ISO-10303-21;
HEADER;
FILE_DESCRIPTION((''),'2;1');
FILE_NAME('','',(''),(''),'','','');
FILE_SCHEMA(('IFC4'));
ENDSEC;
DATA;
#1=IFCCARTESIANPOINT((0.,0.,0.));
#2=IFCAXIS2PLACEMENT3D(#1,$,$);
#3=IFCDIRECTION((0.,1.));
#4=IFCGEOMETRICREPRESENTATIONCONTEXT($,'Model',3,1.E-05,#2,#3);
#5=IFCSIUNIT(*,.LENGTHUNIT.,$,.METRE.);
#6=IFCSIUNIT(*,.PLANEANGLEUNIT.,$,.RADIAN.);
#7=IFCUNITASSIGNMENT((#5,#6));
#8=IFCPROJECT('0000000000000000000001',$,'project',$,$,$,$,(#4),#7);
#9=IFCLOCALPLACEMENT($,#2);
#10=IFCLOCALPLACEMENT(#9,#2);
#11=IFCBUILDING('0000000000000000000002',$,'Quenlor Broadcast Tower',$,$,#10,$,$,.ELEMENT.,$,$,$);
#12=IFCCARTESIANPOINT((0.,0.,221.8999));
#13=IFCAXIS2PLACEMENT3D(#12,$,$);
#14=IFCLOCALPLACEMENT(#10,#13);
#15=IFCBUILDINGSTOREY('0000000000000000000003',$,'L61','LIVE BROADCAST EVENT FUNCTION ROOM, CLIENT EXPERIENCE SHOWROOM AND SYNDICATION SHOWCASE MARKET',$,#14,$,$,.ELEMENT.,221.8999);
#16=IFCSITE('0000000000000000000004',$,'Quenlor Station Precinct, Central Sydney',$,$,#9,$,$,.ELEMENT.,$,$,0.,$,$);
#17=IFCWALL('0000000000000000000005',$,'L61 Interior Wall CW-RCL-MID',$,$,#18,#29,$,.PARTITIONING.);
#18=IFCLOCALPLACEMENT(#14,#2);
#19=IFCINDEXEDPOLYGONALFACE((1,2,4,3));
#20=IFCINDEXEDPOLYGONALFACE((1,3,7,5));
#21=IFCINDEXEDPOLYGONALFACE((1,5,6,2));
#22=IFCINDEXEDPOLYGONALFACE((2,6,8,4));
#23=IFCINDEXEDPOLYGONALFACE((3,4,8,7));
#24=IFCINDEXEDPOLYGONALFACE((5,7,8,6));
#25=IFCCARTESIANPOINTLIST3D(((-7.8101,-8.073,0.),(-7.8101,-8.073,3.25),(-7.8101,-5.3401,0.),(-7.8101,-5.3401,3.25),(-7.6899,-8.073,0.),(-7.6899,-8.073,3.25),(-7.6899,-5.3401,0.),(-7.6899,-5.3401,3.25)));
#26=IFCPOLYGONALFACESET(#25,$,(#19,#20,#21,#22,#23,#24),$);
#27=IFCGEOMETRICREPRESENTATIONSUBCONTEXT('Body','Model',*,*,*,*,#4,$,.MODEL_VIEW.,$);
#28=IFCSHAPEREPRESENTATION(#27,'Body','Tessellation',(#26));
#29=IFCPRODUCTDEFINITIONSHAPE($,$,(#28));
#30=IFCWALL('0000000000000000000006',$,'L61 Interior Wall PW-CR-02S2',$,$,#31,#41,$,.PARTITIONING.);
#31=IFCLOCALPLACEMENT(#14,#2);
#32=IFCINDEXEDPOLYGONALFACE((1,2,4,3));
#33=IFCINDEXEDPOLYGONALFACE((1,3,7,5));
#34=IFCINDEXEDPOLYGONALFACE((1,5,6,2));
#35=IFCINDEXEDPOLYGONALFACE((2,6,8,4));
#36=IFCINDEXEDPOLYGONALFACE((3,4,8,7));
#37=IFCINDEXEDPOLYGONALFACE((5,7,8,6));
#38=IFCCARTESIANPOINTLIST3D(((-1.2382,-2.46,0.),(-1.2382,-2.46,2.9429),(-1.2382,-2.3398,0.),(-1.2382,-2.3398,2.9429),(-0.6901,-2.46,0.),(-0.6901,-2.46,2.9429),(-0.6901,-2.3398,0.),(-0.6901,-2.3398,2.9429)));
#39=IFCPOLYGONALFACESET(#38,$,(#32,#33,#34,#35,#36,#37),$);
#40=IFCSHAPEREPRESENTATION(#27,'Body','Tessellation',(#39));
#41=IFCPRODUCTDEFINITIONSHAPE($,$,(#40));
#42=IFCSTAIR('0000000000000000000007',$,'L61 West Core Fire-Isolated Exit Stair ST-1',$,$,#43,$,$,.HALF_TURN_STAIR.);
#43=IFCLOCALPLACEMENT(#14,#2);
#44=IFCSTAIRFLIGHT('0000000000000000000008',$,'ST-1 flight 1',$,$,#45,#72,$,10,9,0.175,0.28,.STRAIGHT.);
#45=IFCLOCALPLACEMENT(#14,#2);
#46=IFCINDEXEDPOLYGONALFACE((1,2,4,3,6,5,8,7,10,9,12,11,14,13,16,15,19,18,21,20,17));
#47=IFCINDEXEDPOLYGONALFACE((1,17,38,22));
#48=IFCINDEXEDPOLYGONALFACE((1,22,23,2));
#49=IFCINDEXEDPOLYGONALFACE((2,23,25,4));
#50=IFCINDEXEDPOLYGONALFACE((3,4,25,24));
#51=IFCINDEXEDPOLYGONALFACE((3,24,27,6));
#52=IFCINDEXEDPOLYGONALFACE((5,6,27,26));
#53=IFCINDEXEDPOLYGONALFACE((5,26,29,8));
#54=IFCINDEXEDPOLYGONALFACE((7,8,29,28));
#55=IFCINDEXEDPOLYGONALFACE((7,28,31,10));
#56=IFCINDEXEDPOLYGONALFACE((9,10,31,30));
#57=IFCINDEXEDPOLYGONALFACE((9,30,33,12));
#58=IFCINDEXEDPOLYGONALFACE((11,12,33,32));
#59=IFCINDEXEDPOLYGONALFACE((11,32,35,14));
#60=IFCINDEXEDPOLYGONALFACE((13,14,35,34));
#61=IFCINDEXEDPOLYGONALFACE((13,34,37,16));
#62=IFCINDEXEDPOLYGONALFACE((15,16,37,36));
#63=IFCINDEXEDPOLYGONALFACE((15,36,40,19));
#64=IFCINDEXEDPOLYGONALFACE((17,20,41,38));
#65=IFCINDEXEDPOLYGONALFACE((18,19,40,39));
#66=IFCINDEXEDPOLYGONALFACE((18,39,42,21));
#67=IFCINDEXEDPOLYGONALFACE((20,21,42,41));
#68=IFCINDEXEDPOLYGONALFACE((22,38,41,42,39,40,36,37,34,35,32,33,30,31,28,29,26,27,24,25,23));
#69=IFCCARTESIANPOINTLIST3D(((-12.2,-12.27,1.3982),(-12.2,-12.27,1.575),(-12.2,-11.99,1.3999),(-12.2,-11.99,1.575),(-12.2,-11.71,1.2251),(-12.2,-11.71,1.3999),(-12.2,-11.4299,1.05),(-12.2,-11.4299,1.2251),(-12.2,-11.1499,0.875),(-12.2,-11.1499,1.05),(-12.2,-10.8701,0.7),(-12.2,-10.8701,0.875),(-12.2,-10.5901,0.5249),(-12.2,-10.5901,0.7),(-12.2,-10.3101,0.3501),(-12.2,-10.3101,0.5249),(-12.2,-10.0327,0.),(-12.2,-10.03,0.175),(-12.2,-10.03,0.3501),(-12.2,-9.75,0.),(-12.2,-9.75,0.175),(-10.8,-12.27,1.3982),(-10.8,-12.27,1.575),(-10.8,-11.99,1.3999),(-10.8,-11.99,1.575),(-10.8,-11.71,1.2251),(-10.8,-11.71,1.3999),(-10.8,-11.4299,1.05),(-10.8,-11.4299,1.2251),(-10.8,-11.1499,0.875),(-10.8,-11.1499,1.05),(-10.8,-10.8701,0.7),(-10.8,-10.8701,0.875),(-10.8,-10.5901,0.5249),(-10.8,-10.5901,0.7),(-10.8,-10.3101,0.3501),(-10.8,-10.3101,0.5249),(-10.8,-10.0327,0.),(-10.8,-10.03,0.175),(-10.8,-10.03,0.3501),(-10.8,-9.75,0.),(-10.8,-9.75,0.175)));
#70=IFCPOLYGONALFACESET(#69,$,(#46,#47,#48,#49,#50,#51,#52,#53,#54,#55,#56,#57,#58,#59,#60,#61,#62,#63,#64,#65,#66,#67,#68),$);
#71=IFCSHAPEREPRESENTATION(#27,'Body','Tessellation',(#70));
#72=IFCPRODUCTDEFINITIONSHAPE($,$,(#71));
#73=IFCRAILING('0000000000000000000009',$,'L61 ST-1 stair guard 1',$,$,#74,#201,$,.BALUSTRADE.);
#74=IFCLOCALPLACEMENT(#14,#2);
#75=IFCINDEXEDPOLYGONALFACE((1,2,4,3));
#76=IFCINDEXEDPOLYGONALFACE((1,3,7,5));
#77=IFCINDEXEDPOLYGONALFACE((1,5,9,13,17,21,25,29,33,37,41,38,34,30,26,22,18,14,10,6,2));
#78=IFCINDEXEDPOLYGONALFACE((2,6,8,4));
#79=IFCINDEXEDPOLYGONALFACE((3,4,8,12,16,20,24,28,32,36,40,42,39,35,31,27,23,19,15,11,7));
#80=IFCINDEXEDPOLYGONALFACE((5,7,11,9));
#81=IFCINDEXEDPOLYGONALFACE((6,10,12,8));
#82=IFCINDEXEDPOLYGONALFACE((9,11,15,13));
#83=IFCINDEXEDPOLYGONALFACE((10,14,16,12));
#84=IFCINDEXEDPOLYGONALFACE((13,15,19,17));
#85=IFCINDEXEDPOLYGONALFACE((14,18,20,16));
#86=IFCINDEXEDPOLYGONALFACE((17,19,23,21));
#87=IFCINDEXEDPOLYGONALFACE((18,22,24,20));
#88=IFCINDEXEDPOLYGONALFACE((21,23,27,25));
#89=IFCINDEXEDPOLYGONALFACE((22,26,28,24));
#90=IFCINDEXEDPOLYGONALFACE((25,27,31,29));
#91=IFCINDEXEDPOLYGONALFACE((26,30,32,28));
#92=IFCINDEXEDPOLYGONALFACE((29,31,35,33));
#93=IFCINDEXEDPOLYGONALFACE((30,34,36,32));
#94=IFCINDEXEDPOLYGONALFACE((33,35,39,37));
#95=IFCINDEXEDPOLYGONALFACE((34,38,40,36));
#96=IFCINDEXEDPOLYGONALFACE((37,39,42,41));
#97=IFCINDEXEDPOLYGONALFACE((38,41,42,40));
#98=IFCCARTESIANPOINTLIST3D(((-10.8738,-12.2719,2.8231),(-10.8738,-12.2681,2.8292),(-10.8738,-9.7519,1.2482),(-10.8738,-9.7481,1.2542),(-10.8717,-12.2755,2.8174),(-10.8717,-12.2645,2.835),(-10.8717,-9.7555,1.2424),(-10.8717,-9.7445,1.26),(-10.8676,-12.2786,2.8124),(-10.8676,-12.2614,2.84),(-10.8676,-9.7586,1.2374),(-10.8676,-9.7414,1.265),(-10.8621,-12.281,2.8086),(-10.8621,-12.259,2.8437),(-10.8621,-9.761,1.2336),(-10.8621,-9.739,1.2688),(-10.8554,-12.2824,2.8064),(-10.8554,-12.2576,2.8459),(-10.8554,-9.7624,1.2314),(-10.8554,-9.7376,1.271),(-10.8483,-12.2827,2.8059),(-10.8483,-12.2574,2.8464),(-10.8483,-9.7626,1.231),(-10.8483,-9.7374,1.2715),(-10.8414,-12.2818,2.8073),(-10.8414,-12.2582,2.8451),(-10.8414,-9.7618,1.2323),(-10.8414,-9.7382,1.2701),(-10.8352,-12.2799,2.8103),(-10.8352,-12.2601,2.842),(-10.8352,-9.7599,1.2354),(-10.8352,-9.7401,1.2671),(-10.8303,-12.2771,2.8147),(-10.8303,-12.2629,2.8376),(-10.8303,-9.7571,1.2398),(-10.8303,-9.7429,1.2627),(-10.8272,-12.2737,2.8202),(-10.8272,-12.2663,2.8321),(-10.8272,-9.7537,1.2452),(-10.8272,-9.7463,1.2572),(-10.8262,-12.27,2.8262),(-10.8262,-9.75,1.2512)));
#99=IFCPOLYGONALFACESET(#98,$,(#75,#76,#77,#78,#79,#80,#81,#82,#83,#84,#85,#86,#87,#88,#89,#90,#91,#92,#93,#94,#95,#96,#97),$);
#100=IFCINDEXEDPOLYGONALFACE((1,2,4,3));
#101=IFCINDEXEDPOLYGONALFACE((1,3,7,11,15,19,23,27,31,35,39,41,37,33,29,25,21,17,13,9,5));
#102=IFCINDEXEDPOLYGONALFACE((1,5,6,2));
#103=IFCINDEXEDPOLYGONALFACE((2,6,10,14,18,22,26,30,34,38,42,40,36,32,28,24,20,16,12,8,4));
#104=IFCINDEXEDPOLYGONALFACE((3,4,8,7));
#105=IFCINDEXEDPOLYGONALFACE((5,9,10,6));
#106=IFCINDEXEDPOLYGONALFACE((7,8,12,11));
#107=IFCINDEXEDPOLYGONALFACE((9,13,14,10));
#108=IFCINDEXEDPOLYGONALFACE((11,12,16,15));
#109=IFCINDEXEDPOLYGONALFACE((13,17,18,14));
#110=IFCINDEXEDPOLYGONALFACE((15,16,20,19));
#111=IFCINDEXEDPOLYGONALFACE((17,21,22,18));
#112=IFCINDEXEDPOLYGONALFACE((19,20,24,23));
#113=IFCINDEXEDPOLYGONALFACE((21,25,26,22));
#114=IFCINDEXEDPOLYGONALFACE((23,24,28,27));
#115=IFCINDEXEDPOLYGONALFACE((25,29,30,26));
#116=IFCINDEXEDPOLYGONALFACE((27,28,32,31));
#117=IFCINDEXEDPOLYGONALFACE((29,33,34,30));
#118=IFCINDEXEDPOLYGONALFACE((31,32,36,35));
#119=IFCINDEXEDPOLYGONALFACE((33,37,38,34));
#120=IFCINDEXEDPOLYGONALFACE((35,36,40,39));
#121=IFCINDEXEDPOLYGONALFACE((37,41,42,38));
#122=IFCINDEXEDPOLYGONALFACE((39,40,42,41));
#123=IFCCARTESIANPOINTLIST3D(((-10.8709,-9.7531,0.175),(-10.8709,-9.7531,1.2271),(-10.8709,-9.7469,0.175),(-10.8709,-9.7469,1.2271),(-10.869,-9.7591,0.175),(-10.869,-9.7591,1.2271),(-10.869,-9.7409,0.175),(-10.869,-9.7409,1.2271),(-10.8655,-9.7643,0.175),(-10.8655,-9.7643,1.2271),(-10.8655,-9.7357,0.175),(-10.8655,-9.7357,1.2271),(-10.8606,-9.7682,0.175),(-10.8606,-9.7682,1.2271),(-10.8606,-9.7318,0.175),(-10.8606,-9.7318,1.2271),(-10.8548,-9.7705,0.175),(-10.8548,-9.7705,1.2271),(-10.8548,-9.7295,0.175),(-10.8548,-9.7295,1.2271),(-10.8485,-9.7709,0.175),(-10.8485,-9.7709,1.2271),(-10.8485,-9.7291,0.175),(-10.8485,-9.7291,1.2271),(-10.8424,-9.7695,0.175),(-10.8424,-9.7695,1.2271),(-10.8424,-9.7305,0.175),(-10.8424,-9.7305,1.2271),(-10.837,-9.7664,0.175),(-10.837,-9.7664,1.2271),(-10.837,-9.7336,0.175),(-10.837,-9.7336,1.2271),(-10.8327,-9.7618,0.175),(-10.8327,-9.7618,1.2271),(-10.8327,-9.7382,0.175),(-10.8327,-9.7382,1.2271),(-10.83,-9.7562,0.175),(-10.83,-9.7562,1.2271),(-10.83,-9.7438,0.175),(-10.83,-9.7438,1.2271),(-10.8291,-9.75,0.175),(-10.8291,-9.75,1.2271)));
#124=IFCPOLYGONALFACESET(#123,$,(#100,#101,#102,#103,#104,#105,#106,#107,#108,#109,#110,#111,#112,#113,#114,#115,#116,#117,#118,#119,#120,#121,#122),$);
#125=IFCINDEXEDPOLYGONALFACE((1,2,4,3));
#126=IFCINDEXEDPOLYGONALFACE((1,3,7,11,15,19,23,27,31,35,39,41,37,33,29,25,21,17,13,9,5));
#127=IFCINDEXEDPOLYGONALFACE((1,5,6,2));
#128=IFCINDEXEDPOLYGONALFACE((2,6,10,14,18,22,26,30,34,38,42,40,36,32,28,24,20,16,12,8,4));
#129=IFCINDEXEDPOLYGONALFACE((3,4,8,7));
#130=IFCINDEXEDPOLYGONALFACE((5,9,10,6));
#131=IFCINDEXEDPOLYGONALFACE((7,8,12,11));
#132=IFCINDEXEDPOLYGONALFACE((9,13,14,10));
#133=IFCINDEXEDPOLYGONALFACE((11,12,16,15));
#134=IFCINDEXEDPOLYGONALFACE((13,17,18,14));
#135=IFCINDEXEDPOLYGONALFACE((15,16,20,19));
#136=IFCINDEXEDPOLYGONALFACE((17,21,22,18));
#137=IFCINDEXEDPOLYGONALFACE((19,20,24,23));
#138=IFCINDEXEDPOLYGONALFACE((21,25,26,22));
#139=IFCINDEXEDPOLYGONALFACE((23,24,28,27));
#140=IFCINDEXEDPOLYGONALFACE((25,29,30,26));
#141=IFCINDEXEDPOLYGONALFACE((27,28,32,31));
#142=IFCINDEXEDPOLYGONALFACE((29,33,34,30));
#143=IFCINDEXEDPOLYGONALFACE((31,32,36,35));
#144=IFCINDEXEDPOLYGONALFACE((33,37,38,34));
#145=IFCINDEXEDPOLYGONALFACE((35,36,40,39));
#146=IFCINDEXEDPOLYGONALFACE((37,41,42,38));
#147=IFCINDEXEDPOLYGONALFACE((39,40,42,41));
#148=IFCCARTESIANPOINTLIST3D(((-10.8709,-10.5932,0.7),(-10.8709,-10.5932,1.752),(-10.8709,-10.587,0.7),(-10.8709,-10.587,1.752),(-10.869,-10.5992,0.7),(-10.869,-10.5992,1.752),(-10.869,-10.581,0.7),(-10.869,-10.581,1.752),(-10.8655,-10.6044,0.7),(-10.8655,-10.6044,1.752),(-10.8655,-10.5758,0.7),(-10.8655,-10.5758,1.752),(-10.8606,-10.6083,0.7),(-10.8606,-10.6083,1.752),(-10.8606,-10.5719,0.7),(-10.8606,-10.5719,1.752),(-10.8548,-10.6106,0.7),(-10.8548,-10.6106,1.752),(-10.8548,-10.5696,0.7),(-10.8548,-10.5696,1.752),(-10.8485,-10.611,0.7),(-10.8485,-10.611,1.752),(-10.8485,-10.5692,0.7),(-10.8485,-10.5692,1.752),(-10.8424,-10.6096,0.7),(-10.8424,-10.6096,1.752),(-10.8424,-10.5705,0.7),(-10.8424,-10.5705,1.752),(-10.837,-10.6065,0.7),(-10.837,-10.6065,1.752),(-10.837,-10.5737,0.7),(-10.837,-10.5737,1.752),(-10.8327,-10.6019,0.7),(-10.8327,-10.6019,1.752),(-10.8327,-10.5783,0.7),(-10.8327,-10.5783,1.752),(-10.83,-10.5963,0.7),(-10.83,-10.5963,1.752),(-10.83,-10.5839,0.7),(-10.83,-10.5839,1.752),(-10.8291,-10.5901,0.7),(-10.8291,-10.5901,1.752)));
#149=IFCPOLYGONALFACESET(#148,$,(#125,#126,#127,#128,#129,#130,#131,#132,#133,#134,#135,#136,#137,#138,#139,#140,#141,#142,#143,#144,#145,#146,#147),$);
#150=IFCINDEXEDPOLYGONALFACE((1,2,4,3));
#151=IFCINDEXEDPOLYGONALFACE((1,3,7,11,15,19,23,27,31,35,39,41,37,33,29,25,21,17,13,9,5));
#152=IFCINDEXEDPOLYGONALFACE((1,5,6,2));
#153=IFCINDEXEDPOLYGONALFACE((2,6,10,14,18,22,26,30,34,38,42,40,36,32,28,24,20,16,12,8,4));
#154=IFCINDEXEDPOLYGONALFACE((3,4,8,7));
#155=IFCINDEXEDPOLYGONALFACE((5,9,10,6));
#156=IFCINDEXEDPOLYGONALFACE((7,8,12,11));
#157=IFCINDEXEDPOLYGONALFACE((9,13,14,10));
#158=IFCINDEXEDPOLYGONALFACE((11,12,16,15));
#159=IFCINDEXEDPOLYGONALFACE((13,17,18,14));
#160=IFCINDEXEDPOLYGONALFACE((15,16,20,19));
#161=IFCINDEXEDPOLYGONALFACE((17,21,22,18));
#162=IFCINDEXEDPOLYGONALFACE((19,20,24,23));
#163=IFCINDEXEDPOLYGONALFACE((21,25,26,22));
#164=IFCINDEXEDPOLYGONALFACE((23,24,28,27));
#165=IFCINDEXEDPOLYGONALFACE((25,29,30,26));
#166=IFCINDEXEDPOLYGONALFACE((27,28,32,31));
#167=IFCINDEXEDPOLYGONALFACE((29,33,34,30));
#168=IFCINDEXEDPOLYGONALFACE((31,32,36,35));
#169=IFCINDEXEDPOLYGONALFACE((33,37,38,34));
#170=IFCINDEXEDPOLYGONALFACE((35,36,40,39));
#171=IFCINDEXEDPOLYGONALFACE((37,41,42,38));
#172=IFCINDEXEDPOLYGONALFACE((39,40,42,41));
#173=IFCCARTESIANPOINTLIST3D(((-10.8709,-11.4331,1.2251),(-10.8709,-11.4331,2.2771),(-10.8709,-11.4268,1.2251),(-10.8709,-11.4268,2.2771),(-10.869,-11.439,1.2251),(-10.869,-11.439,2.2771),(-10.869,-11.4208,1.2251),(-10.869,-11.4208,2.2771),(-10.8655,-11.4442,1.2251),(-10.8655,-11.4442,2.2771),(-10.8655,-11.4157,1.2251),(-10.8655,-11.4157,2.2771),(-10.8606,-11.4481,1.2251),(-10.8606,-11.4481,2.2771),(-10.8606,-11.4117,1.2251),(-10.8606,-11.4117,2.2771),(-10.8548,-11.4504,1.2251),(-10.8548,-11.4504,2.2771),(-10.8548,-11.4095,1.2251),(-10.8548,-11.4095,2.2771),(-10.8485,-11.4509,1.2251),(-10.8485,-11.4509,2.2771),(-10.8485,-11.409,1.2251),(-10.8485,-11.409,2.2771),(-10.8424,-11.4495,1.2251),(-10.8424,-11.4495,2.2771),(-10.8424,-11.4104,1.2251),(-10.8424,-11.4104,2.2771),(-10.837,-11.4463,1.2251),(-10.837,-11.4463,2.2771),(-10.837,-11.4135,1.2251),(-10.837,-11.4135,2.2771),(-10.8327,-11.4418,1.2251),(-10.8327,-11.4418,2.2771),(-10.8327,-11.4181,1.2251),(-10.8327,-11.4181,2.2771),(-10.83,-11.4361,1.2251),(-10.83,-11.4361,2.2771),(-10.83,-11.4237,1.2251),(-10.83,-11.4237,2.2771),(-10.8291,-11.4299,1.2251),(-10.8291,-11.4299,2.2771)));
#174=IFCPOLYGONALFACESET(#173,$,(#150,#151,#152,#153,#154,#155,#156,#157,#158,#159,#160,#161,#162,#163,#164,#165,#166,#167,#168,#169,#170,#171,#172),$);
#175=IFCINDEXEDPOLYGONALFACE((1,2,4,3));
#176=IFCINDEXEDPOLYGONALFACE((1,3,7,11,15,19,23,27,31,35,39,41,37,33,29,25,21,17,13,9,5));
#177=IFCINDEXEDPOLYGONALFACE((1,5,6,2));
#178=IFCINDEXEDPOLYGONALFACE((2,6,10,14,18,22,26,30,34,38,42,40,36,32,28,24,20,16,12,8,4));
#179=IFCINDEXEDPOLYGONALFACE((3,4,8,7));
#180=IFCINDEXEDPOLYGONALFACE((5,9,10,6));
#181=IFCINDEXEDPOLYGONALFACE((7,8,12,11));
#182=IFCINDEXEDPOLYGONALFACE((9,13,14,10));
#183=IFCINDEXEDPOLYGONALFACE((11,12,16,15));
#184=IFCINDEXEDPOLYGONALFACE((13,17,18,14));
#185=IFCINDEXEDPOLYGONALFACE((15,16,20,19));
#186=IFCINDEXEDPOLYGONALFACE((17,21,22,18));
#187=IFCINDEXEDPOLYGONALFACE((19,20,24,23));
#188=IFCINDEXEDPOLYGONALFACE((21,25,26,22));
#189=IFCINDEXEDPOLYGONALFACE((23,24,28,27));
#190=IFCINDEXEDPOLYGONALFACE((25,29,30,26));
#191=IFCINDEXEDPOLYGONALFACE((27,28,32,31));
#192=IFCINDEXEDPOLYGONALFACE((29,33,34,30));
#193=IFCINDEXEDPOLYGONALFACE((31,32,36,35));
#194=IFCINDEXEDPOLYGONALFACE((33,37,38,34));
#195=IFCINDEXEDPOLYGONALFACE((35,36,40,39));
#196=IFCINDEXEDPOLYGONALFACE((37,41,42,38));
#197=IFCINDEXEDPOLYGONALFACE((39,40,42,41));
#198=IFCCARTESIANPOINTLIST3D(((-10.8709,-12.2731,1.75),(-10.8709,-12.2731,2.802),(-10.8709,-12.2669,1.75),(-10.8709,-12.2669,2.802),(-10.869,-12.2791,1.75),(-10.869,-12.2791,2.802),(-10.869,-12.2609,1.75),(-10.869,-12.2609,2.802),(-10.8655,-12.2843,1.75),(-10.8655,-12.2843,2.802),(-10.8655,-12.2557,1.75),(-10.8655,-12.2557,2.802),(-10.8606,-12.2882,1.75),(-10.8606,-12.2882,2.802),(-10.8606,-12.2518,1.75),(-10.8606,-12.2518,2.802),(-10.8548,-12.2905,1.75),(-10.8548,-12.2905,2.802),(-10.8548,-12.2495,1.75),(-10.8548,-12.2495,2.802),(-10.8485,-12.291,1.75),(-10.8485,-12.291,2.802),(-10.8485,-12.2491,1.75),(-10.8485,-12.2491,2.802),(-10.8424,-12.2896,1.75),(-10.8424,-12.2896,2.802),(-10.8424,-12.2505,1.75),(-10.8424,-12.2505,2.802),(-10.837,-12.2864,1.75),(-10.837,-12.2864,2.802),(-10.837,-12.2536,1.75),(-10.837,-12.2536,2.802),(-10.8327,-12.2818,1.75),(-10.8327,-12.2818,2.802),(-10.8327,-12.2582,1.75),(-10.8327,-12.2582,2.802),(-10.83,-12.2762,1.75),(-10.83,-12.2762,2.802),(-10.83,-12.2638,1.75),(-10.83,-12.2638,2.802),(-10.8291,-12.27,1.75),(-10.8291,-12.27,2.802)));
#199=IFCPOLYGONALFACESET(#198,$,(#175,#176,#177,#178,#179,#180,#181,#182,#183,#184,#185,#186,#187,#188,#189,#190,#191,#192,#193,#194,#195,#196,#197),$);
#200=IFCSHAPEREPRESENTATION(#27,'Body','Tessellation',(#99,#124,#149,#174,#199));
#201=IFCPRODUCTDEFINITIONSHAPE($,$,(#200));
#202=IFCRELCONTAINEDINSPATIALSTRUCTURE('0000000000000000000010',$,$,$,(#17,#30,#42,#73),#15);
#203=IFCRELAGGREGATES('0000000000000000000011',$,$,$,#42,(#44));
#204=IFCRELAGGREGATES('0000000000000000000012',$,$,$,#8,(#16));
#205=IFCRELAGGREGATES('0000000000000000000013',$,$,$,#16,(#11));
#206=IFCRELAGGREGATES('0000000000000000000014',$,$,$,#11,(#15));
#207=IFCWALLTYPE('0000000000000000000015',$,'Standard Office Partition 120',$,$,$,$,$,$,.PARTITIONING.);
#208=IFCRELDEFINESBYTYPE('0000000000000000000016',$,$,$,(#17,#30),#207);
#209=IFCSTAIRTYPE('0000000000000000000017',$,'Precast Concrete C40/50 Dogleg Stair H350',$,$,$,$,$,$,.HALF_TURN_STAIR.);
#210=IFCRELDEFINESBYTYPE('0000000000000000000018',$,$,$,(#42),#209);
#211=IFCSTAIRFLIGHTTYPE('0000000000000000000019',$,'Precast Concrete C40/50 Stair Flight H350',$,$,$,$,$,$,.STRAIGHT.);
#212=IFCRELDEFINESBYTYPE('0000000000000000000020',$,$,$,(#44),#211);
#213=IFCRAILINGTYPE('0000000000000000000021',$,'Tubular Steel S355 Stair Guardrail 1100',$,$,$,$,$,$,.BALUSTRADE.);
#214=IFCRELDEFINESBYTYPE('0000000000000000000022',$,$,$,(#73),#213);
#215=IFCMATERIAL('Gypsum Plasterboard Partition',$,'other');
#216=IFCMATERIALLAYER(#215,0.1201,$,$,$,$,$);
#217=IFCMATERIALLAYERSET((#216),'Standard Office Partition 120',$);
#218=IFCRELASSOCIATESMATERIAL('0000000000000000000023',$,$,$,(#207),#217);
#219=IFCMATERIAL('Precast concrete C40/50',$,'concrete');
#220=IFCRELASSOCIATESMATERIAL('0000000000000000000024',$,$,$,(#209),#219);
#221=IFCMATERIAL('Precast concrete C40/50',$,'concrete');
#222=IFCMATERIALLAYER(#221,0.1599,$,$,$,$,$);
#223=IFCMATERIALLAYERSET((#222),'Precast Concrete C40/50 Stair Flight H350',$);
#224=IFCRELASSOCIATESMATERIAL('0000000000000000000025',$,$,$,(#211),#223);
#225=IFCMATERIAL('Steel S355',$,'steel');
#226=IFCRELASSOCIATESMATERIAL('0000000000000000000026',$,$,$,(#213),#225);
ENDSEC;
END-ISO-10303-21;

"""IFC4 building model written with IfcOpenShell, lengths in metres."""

from ifc_helpers import new_model, si_unit, direction, frame, frame_2d, origin, origin_2d, place, context, subcontext, project, spatial, polyline, rectangle, circle, outline, extrude, material, layer, layer_set, type_object, element, aggregate, save


model = new_model("IFC4")

# Units and contexts
model_context = context("Model", 3, precision=1e-05, world=origin(), true_north=direction((0.0, 1.0)))
body_context = subcontext(model_context, "Body", "Model", "MODEL_VIEW")
ifc_project = project(units=[si_unit("LENGTHUNIT", "METRE"), si_unit("PLANEANGLEUNIT", "RADIAN")], contexts=[model_context])

# Site, building, storey
site_placement = place(None, origin())
site = spatial("IfcSite", under=ifc_project, at=site_placement, Name="Quenlor Station Precinct, Central Sydney", CompositionType="ELEMENT", RefElevation=0.0)
building_placement = place(site_placement, origin())
building = spatial("IfcBuilding", under=site, at=building_placement, Name="Quenlor Broadcast Tower", CompositionType="ELEMENT")
storey_placement = place(building_placement, frame((0.0, 0.0, 221.8999)))
storey = spatial("IfcBuildingStorey", under=building, at=storey_placement, Name="L61", Description="LIVE BROADCAST EVENT FUNCTION ROOM, CLIENT EXPERIENCE SHOWROOM AND SYNDICATION SHOWCASE MARKET", CompositionType="ELEMENT", Elevation=221.8999)

# Wall
ifc_material_1 = material(Name="Gypsum Plasterboard Partition", Category="other")
ifc_layer_1 = layer(ifc_material_1, 0.1201)
ifc_layer_set_1 = layer_set([ifc_layer_1], Name="Standard Office Partition 120")
wall_type_1 = type_object("IfcWallType", Name="Standard Office Partition 120", PredefinedType="PARTITIONING", material=ifc_layer_set_1)
wall_1_placement = place(storey_placement, frame((-7.75, -8.073, 0.0), z_axis=(0.0, 0.0, 1.0), x_axis=(0.0, 1.0, 0.0)))
element("IfcWall", 1, at=wall_1_placement, inside=storey, type_object=wall_type_1, Name="L61 Interior Wall CW-RCL-MID", PredefinedType="PARTITIONING", context=body_context, shape_type="SweptSolid", body=[
    extrude(rectangle(XDim=2.7329, YDim=0.1201, at=frame_2d((1.3665, 0.0))), origin(), (0.0, 0.0, 1.0), 3.25),
])

# Wall
wall_2_placement = place(storey_placement, frame((-1.238, -2.3999, 0.0), z_axis=(0.0, 0.0, 1.0), x_axis=(1.0, 0.0, 0.0)))
element("IfcWall", 2, at=wall_2_placement, inside=storey, type_object=wall_type_1, Name="L61 Interior Wall PW-CR-02S2", PredefinedType="PARTITIONING", context=body_context, shape_type="SweptSolid", body=[
    extrude(rectangle(XDim=0.5481, YDim=0.1201, at=frame_2d((0.2739, 0.0))), origin(), (0.0, 0.0, 1.0), 2.9429),
])

# Stair, stair flight
ifc_material_2 = material(Name="Precast concrete C40/50", Category="concrete")
stair_type = type_object("IfcStairType", Name="Precast Concrete C40/50 Dogleg Stair H350", PredefinedType="HALF_TURN_STAIR", material=ifc_material_2)
stair_placement = place(storey_placement, origin())
stair = element("IfcStair", 3, at=stair_placement, inside=storey, type_object=stair_type, Name="L61 West Core Fire-Isolated Exit Stair ST-1", PredefinedType="HALF_TURN_STAIR")
ifc_material_3 = material(Name="Precast concrete C40/50", Category="concrete")
ifc_layer_2 = layer(ifc_material_3, 0.1599)
ifc_layer_set_2 = layer_set([ifc_layer_2], Name="Precast Concrete C40/50 Stair Flight H350")
stair_flight_type = type_object("IfcStairFlightType", Name="Precast Concrete C40/50 Stair Flight H350", PredefinedType="STRAIGHT", material=ifc_layer_set_2)
stair_flight_placement = place(storey_placement, frame((-11.5, -9.75, 0.0), z_axis=(0.0, 0.0, 1.0), x_axis=(0.0, -1.0, 0.0)))
stair_flight = element("IfcStairFlight", 4, at=stair_flight_placement, type_object=stair_flight_type, Name="ST-1 flight 1", NumberOfRisers=10, NumberOfTreads=9, PredefinedType="STRAIGHT", RiserHeight=0.175, TreadLength=0.28, context=body_context, shape_type="SweptSolid", body=[
    extrude(outline(polyline([(0.0, 0.0), (0.0, 0.175), (0.28, 0.175), (0.28, 0.3501), (0.5601, 0.3501), (0.5601, 0.5249), (0.8401, 0.5249), (0.8401, 0.7), (1.1201, 0.7), (1.1201, 0.875), (1.3999, 0.875), (1.3999, 1.05), (1.6799, 1.05), (1.6799, 1.2251), (1.96, 1.2251), (1.96, 1.3999), (2.24, 1.3999), (2.24, 1.575), (2.52, 1.575), (2.52, 1.75), (2.52, 1.3982), (0.2827, 0.0), (0.0, 0.0)])), frame((0.0, 0.7, 0.0), z_axis=(0.0, -1.0, 0.0), x_axis=(1.0, 0.0, 0.0)), (0.0, 0.0, 1.0), 1.3999),
])
aggregate(stair, [stair_flight])

# Railing
ifc_material_4 = material(Name="Steel S355", Category="steel")
railing_type = type_object("IfcRailingType", Name="Tubular Steel S355 Stair Guardrail 1100", PredefinedType="BALUSTRADE", material=ifc_material_4)
railing_1_placement = place(storey_placement, frame((-10.8501, -9.75, 0.175)))
element("IfcRailing", 5, at=railing_1_placement, inside=storey, type_object=railing_type, Name="L61 ST-1 stair guard 1", PredefinedType="BALUSTRADE", context=body_context, shape_type="SweptSolid", body=[
    extrude(circle(Radius=0.0239, at=origin_2d()), frame((0.0, 0.0, 1.0762), z_axis=(0.0, -0.848008, 0.529984), x_axis=(1.0, 0.0, 0.0)), (0.0, 0.0, 1.0), 2.9717),
    extrude(circle(Radius=0.021, at=origin_2d()), origin(), (0.0, 0.0, 1.0), 1.052),
    extrude(circle(Radius=0.021, at=origin_2d()), frame((0.0, -0.8401, 0.5249)), (0.0, 0.0, 1.0), 1.052),
    extrude(circle(Radius=0.021, at=origin_2d()), frame((0.0, -1.6799, 1.05)), (0.0, 0.0, 1.0), 1.052),
    extrude(circle(Radius=0.021, at=origin_2d()), frame((0.0, -2.52, 1.575)), (0.0, 0.0, 1.0), 1.052),
])

save(model, "model.ifc")
